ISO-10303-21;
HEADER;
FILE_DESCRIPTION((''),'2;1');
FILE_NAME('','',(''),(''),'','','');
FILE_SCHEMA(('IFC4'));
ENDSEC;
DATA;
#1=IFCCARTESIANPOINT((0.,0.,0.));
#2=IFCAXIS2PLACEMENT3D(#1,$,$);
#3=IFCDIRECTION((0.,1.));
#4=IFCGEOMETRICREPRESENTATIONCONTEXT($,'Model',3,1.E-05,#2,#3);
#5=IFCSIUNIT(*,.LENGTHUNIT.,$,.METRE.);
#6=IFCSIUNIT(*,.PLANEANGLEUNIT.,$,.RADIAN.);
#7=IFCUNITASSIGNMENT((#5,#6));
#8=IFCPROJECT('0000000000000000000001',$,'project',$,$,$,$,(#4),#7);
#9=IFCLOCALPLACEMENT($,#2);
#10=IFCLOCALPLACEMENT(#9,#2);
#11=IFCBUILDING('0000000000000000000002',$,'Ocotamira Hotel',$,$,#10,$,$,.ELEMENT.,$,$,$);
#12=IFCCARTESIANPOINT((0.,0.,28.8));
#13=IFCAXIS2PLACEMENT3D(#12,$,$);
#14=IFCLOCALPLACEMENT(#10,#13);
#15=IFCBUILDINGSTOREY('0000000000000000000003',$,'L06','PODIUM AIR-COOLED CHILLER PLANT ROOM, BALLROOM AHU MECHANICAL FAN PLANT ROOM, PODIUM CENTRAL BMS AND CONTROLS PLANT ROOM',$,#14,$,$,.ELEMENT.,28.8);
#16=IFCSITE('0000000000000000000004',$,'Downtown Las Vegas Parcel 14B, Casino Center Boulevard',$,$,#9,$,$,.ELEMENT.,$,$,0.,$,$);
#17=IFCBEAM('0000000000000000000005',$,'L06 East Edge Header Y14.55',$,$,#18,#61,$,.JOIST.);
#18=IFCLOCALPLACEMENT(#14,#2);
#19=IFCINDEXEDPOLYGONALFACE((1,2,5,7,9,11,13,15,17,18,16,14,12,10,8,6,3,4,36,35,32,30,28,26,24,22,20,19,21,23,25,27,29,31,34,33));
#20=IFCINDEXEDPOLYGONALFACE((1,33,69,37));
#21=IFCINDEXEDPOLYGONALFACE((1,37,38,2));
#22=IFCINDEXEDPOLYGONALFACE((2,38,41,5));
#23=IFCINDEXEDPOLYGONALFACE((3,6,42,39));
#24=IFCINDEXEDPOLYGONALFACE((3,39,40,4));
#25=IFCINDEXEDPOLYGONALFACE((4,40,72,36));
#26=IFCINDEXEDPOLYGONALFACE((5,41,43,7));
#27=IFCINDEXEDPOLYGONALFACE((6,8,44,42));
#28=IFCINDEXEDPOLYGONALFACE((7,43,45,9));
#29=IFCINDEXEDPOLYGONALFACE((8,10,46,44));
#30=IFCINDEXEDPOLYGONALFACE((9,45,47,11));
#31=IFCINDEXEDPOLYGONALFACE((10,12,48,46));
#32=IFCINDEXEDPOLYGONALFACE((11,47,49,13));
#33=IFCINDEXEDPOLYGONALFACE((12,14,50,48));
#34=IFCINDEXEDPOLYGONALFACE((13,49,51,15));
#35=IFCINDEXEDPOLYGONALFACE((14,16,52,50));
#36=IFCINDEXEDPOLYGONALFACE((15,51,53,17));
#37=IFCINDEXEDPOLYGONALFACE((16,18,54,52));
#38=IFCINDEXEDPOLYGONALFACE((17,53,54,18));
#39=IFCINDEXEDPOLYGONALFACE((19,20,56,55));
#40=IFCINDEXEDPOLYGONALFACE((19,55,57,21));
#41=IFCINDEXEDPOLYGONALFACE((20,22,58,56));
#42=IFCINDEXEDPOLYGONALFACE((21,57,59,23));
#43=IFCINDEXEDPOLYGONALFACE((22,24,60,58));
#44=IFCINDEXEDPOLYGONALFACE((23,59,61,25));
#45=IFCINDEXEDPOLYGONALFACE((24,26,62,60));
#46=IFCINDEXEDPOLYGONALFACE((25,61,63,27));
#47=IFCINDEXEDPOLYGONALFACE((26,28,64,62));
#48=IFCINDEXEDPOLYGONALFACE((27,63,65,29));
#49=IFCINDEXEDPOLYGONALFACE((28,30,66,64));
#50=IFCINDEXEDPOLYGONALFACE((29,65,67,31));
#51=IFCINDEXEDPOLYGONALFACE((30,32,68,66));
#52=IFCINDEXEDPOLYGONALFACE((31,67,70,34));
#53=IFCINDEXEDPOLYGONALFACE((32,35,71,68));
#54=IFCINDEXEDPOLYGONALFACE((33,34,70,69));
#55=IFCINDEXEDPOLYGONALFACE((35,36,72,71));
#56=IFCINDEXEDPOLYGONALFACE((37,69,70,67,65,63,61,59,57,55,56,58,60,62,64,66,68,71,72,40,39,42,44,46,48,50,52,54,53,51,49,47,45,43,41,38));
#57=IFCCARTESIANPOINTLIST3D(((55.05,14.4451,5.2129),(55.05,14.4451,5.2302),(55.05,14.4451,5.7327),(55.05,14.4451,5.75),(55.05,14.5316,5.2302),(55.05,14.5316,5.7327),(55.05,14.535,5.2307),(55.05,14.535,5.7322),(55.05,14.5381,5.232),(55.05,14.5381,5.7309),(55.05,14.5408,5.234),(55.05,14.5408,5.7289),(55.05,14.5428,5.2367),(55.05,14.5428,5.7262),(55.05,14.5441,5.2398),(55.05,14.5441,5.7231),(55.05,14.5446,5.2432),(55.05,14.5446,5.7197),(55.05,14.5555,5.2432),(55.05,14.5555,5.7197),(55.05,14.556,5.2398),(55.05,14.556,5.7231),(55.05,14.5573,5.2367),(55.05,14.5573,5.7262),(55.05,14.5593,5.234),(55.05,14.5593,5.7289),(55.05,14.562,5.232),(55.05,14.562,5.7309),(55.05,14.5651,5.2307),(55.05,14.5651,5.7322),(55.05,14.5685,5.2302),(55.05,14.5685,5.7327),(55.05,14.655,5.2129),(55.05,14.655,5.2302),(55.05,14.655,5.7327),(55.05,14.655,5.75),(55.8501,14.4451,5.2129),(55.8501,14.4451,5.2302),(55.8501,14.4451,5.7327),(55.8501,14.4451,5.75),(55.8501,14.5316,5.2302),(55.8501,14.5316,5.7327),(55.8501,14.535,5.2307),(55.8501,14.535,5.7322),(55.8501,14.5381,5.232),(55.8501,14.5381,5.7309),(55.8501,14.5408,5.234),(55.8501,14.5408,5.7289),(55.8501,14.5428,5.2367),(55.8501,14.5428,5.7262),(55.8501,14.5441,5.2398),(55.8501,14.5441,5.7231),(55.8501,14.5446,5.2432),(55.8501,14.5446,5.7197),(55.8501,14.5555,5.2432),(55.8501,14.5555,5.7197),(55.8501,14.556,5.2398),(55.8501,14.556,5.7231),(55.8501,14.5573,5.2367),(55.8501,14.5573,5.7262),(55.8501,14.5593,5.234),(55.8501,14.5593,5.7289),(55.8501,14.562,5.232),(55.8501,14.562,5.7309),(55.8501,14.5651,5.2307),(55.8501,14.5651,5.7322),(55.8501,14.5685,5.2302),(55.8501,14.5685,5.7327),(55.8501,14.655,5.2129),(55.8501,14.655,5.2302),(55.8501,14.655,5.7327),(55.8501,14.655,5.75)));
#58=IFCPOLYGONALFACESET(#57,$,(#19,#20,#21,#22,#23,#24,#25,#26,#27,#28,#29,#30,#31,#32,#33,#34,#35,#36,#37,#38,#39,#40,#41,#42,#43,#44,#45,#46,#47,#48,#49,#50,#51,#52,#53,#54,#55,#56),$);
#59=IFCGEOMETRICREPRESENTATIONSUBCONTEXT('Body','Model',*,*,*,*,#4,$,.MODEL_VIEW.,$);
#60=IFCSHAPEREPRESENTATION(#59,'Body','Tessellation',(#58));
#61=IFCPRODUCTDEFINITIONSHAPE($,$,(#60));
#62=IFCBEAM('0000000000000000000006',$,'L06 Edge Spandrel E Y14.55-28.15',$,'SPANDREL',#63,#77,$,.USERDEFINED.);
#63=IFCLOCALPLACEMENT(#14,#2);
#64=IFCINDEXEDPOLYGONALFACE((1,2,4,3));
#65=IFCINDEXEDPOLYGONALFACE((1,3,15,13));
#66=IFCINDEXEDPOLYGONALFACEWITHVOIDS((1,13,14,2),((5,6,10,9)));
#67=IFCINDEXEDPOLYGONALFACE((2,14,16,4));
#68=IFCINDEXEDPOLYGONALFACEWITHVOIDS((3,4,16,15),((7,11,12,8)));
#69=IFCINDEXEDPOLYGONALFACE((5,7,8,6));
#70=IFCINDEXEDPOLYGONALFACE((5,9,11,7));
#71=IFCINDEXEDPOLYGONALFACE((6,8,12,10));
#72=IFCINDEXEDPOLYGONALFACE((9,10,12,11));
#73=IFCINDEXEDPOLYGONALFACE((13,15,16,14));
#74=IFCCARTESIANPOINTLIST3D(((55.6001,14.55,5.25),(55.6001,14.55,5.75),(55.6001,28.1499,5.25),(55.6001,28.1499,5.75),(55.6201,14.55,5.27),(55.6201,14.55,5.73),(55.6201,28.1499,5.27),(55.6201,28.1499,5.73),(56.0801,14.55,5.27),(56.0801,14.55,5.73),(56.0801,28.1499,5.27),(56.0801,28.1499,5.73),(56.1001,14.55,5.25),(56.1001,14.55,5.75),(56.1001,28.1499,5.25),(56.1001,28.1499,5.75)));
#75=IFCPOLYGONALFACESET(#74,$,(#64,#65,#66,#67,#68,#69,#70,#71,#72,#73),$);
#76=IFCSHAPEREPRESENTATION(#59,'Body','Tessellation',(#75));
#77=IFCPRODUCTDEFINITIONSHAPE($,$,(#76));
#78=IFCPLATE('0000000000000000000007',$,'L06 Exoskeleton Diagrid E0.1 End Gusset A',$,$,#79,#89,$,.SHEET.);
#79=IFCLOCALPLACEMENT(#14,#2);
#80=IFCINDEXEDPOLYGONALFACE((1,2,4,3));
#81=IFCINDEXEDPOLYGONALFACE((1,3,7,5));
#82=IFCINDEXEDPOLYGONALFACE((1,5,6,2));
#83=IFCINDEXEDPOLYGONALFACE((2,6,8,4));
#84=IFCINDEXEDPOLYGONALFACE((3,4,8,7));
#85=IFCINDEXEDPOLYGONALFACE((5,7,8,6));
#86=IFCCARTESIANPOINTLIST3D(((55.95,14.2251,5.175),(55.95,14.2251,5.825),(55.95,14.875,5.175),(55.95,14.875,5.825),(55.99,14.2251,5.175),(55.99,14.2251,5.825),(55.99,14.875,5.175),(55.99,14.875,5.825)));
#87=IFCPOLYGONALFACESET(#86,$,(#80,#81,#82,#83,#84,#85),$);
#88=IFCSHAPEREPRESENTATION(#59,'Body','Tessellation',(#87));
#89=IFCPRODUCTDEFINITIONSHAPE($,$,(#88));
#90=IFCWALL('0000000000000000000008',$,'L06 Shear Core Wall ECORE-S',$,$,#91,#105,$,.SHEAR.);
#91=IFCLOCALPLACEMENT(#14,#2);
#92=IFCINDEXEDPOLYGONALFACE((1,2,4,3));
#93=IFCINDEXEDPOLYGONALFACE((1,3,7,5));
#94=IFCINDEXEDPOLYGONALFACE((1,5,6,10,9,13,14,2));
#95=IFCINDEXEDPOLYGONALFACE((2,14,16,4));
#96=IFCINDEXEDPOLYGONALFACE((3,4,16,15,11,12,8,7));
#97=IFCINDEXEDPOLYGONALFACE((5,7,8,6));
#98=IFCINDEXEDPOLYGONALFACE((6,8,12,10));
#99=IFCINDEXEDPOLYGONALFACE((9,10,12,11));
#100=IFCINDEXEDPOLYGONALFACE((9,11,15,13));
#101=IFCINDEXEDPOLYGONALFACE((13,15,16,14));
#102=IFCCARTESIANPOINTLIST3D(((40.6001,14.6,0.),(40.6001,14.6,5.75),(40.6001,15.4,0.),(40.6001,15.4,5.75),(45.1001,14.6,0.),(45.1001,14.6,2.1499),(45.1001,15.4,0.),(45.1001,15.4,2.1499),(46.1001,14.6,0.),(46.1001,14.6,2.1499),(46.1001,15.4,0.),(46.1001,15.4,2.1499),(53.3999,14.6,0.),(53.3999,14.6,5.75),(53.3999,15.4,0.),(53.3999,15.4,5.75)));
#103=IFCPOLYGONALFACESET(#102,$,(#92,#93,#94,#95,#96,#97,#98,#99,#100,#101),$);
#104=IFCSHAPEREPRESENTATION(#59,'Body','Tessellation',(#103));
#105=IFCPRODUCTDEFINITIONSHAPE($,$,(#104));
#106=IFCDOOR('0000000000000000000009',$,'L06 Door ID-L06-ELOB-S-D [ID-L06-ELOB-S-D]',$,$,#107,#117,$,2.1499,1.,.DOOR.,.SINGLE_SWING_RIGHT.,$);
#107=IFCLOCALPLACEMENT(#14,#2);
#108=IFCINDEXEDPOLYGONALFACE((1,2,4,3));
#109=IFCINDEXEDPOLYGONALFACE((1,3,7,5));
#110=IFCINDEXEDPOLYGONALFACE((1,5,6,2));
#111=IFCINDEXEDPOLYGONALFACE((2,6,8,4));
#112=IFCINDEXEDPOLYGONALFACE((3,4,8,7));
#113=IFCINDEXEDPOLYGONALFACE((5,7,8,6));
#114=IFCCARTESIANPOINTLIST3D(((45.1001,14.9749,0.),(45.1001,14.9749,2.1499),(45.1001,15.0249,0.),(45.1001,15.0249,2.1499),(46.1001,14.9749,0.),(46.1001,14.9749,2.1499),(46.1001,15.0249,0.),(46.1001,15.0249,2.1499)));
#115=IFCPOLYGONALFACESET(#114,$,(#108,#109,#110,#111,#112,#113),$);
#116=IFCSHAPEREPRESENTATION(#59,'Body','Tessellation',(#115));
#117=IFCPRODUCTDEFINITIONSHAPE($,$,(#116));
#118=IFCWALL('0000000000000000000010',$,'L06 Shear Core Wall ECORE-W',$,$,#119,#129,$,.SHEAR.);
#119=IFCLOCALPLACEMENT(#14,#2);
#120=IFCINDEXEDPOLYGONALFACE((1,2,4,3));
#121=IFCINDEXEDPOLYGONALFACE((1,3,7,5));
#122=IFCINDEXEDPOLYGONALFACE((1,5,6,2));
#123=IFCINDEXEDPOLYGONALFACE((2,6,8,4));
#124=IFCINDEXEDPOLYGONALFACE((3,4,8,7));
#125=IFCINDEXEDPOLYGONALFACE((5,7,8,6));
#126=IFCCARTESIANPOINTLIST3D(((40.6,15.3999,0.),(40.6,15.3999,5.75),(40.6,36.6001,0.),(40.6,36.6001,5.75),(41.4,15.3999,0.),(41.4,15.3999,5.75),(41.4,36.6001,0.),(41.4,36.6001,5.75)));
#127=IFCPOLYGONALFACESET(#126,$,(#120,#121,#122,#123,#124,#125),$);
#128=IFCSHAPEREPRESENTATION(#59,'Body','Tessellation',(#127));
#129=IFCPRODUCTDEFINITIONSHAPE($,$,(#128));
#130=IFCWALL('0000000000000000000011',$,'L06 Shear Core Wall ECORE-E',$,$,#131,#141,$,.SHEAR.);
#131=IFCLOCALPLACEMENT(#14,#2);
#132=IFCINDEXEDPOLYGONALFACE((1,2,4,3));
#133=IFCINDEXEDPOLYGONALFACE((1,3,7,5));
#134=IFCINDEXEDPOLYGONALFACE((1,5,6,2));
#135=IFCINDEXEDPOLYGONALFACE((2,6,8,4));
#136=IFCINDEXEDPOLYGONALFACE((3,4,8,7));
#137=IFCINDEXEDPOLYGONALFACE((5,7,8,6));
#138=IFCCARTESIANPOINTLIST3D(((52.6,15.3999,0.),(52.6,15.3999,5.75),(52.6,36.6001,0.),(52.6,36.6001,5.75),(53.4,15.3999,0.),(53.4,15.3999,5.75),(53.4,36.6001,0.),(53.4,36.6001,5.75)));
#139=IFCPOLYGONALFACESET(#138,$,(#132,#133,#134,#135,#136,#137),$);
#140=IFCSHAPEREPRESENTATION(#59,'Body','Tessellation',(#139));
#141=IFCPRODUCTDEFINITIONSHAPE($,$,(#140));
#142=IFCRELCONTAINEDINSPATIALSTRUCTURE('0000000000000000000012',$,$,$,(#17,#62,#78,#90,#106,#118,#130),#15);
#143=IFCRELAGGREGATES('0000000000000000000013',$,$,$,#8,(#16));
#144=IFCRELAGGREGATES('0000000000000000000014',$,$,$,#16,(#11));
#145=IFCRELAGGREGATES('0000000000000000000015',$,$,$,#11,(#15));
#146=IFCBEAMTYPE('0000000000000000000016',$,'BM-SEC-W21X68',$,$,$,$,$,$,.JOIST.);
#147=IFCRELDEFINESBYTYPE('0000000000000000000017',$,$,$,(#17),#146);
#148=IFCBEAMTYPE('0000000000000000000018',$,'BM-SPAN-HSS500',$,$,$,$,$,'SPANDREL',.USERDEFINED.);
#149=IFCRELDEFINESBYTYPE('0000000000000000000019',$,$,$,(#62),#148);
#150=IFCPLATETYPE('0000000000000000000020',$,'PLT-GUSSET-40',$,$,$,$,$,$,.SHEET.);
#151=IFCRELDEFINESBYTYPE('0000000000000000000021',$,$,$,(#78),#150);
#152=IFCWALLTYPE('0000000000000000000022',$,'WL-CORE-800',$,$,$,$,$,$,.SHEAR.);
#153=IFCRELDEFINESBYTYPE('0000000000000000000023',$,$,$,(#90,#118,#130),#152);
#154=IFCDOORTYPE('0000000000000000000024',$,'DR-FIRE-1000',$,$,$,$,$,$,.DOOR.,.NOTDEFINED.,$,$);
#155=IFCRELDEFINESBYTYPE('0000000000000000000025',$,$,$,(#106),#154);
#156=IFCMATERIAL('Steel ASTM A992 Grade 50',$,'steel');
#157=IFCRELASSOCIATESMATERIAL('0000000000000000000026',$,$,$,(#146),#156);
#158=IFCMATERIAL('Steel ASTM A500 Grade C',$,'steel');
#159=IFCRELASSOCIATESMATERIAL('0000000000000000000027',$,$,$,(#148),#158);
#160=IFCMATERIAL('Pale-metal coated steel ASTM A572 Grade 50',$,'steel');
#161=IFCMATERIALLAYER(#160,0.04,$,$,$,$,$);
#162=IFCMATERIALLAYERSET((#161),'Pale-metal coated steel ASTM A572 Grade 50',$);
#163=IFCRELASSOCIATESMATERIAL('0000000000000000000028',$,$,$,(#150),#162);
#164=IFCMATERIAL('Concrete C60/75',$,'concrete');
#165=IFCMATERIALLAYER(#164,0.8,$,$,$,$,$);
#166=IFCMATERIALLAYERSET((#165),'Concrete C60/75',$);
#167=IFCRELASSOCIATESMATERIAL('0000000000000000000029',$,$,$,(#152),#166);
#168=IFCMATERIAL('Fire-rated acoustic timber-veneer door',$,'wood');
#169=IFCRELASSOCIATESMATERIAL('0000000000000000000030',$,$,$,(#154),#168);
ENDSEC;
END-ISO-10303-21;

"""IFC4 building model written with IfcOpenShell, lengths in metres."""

from ifc_helpers import new_model, si_unit, direction, frame, frame_2d, origin, origin_2d, place, context, subcontext, project, spatial, rectangle, hollow_rectangle, i_section, extrude, source, transform, mapped, material, layer, layer_set, material_profile, profile_set, type_object, element, fill, save


model = new_model("IFC4")

# Units and contexts
model_context = context("Model", 3, precision=1e-05, world=origin(), true_north=direction((0.0, 1.0)))
body_context = subcontext(model_context, "Body", "Model", "MODEL_VIEW")
ifc_project = project(units=[si_unit("LENGTHUNIT", "METRE"), si_unit("PLANEANGLEUNIT", "RADIAN")], contexts=[model_context])

# Site, building, storey
site_placement = place(None, origin())
site = spatial("IfcSite", under=ifc_project, at=site_placement, Name="Downtown Las Vegas Parcel 14B, Casino Center Boulevard", CompositionType="ELEMENT", RefElevation=0.0)
building_placement = place(site_placement, origin())
building = spatial("IfcBuilding", under=site, at=building_placement, Name="Ocotamira Hotel", CompositionType="ELEMENT")
storey_placement = place(building_placement, frame((0.0, 0.0, 28.8)))
storey = spatial("IfcBuildingStorey", under=building, at=storey_placement, Name="L06", Description="PODIUM AIR-COOLED CHILLER PLANT ROOM, BALLROOM AHU MECHANICAL FAN PLANT ROOM, PODIUM CENTRAL BMS AND CONTROLS PLANT ROOM", CompositionType="ELEMENT", Elevation=28.8)

# Shared definitions
ifc_material_1 = material(Name="Concrete C60/75", Category="concrete")

# Beams
ifc_material_2 = material(Name="Steel ASTM A992 Grade 50", Category="steel")
ifc_material_profile_1 = material_profile(ifc_material_2, i_section(OverallWidth=0.21, OverallDepth=0.5371, WebThickness=0.011, FlangeThickness=0.0173, FilletRadius=0.0129, at=origin_2d()), Name="W21X68")
ifc_profile_set_1 = profile_set([ifc_material_profile_1], Name="Steel ASTM A992 Grade 50")
beam_type_1 = type_object("IfcBeamType", Name="BM-SEC-W21X68", PredefinedType="JOIST", material=ifc_profile_set_1)
shared_shape_1 = source(origin(), body_context, "Body", "SweptSolid", [
    extrude(i_section(OverallWidth=0.21, OverallDepth=0.5371, WebThickness=0.011, FlangeThickness=0.0173, FilletRadius=0.0129, at=origin_2d()), origin(), (0.0, 0.0, 1.0), 0.8),
])
for number, where, z_axis, x_axis, name in (
    (1, (55.05, 14.55, 5.4814), (1.0, 0.0, 0.0), (0.0, 1.0, 0.0), "L06 East Edge Header Y14.55"),
):
    element("IfcBeam", number, at=place(storey_placement, frame(where, z_axis=z_axis, x_axis=x_axis)), inside=storey, type_object=beam_type_1, Name=name, PredefinedType="JOIST", context=body_context, shape_type="MappedRepresentation", body=[
        mapped(shared_shape_1, transform((0.0, 0.0, 0.0), scale=1.0)),
    ])
ifc_material_3 = material(Name="Steel ASTM A500 Grade C", Category="steel")
ifc_material_profile_2 = material_profile(ifc_material_3, hollow_rectangle(XDim=0.5, YDim=0.5, WallThickness=0.02, at=origin_2d()), Name="HSS500X500X20")
ifc_profile_set_2 = profile_set([ifc_material_profile_2], Name="Steel ASTM A500 Grade C")
beam_type_2 = type_object("IfcBeamType", Name="BM-SPAN-HSS500", ElementType="SPANDREL", PredefinedType="USERDEFINED", material=ifc_profile_set_2)
shared_shape_2 = source(origin(), body_context, "Body", "SweptSolid", [
    extrude(hollow_rectangle(XDim=0.5, YDim=0.5, WallThickness=0.02, at=origin_2d()), origin(), (0.0, 0.0, 1.0), 13.5999),
])
beam_1_placement = place(storey_placement, frame((55.8501, 14.55, 5.5), z_axis=(0.0, 1.0, 0.0), x_axis=(-1.0, 0.0, 0.0)))
element("IfcBeam", 2, at=beam_1_placement, inside=storey, type_object=beam_type_2, Name="L06 Edge Spandrel E Y14.55-28.15", ObjectType="SPANDREL", PredefinedType="USERDEFINED", context=body_context, shape_type="MappedRepresentation", body=[
    mapped(shared_shape_2, transform((0.0, 0.0, 0.0), scale=1.0)),
])

# Plate
ifc_material_4 = material(Name="Pale-metal coated steel ASTM A572 Grade 50", Category="steel")
ifc_layer_1 = layer(ifc_material_4, 0.04)
ifc_layer_set_1 = layer_set([ifc_layer_1], Name="Pale-metal coated steel ASTM A572 Grade 50")
plate_type = type_object("IfcPlateType", Name="PLT-GUSSET-40", PredefinedType="SHEET", material=ifc_layer_set_1)
shared_shape_3 = source(origin(), body_context, "Body", "SweptSolid", [
    extrude(rectangle(XDim=0.04, YDim=0.6499, at=origin_2d()), origin(), (0.0, 0.0, 1.0), 0.6499),
])
plate_placement = place(storey_placement, frame((55.97, 14.55, 5.175), z_axis=(0.0, 0.0, 1.0), x_axis=(1.0, 0.0, 0.0)))
element("IfcPlate", 3, at=plate_placement, inside=storey, type_object=plate_type, Name="L06 Exoskeleton Diagrid E0.1 End Gusset A", PredefinedType="SHEET", context=body_context, shape_type="MappedRepresentation", body=[
    mapped(shared_shape_3, transform((0.0, 0.0, 0.0), scale=1.0)),
])

# Wall, opening, door
ifc_layer_2 = layer(ifc_material_1, 0.8)
ifc_layer_set_2 = layer_set([ifc_layer_2], Name="Concrete C60/75")
wall_type_1 = type_object("IfcWallType", Name="WL-CORE-800", PredefinedType="SHEAR", material=ifc_layer_set_2)
wall_1_placement = place(storey_placement, frame((40.6001, 15.0, 0.0), z_axis=(0.0, 0.0, 1.0), x_axis=(1.0, 0.0, 0.0)))
wall_1 = element("IfcWall", 4, at=wall_1_placement, inside=storey, type_object=wall_type_1, Name="L06 Shear Core Wall ECORE-S", PredefinedType="SHEAR", context=body_context, shape_type="SweptSolid", body=[
    extrude(rectangle(XDim=12.7998, YDim=0.8, at=frame_2d((6.3999, 0.0))), origin(), (0.0, 0.0, 1.0), 5.75),
])
opening_1_placement = place(wall_1_placement, frame((4.5, 0.0, 0.0)))
opening_1 = element("IfcOpeningElement", 5, at=opening_1_placement, cuts=wall_1, PredefinedType="OPENING", context=body_context, shape_type="SweptSolid", body=[
    extrude(rectangle(XDim=1.0, YDim=2.1499, at=frame_2d((0.5, 1.075))), frame((0.0, 0.4102, 0.0), z_axis=(0.0, -1.0, 0.0), x_axis=(1.0, 0.0, 0.0)), (0.0, 0.0, 1.0), 0.8201),
])
ifc_material_5 = material(Name="Fire-rated acoustic timber-veneer door", Category="wood")
door_type_1 = type_object("IfcDoorType", Name="DR-FIRE-1000", OperationType="NOTDEFINED", PredefinedType="DOOR", material=ifc_material_5)
shared_shape_4 = source(origin(), body_context, "Body", "SweptSolid", [
    extrude(rectangle(XDim=1.0, YDim=2.1499, at=frame_2d((0.5, 1.075))), frame((0.0, 0.0249, 0.0), z_axis=(0.0, -1.0, 0.0), x_axis=(1.0, 0.0, 0.0)), (0.0, 0.0, 1.0), 0.05),
])
door_1_placement = place(opening_1_placement, origin())
door_1 = element("IfcDoor", 6, at=door_1_placement, inside=storey, type_object=door_type_1, Name="L06 Door ID-L06-ELOB-S-D [ID-L06-ELOB-S-D]", OperationType="SINGLE_SWING_RIGHT", OverallHeight=2.1499, OverallWidth=1.0, PredefinedType="DOOR", context=body_context, shape_type="MappedRepresentation", body=[
    mapped(shared_shape_4, transform((0.0, 0.0, 0.0), scale=1.0)),
])
fill(opening_1, door_1)

# Walls
for number, where, z_axis, x_axis, name in (
    (7, (41.0, 15.3999, 0.0), (0.0, 0.0, 1.0), (0.0, 1.0, 0.0), "L06 Shear Core Wall ECORE-W"),
    (8, (53.0, 15.3999, 0.0), (0.0, 0.0, 1.0), (0.0, 1.0, 0.0), "L06 Shear Core Wall ECORE-E"),
):
    element("IfcWall", number, at=place(storey_placement, frame(where, z_axis=z_axis, x_axis=x_axis)), inside=storey, type_object=wall_type_1, Name=name, PredefinedType="SHEAR", context=body_context, shape_type="SweptSolid", body=[
        extrude(rectangle(XDim=21.2002, YDim=0.8, at=frame_2d((10.6001, 0.0))), origin(), (0.0, 0.0, 1.0), 5.75),
    ])

save(model, "model.ifc")
